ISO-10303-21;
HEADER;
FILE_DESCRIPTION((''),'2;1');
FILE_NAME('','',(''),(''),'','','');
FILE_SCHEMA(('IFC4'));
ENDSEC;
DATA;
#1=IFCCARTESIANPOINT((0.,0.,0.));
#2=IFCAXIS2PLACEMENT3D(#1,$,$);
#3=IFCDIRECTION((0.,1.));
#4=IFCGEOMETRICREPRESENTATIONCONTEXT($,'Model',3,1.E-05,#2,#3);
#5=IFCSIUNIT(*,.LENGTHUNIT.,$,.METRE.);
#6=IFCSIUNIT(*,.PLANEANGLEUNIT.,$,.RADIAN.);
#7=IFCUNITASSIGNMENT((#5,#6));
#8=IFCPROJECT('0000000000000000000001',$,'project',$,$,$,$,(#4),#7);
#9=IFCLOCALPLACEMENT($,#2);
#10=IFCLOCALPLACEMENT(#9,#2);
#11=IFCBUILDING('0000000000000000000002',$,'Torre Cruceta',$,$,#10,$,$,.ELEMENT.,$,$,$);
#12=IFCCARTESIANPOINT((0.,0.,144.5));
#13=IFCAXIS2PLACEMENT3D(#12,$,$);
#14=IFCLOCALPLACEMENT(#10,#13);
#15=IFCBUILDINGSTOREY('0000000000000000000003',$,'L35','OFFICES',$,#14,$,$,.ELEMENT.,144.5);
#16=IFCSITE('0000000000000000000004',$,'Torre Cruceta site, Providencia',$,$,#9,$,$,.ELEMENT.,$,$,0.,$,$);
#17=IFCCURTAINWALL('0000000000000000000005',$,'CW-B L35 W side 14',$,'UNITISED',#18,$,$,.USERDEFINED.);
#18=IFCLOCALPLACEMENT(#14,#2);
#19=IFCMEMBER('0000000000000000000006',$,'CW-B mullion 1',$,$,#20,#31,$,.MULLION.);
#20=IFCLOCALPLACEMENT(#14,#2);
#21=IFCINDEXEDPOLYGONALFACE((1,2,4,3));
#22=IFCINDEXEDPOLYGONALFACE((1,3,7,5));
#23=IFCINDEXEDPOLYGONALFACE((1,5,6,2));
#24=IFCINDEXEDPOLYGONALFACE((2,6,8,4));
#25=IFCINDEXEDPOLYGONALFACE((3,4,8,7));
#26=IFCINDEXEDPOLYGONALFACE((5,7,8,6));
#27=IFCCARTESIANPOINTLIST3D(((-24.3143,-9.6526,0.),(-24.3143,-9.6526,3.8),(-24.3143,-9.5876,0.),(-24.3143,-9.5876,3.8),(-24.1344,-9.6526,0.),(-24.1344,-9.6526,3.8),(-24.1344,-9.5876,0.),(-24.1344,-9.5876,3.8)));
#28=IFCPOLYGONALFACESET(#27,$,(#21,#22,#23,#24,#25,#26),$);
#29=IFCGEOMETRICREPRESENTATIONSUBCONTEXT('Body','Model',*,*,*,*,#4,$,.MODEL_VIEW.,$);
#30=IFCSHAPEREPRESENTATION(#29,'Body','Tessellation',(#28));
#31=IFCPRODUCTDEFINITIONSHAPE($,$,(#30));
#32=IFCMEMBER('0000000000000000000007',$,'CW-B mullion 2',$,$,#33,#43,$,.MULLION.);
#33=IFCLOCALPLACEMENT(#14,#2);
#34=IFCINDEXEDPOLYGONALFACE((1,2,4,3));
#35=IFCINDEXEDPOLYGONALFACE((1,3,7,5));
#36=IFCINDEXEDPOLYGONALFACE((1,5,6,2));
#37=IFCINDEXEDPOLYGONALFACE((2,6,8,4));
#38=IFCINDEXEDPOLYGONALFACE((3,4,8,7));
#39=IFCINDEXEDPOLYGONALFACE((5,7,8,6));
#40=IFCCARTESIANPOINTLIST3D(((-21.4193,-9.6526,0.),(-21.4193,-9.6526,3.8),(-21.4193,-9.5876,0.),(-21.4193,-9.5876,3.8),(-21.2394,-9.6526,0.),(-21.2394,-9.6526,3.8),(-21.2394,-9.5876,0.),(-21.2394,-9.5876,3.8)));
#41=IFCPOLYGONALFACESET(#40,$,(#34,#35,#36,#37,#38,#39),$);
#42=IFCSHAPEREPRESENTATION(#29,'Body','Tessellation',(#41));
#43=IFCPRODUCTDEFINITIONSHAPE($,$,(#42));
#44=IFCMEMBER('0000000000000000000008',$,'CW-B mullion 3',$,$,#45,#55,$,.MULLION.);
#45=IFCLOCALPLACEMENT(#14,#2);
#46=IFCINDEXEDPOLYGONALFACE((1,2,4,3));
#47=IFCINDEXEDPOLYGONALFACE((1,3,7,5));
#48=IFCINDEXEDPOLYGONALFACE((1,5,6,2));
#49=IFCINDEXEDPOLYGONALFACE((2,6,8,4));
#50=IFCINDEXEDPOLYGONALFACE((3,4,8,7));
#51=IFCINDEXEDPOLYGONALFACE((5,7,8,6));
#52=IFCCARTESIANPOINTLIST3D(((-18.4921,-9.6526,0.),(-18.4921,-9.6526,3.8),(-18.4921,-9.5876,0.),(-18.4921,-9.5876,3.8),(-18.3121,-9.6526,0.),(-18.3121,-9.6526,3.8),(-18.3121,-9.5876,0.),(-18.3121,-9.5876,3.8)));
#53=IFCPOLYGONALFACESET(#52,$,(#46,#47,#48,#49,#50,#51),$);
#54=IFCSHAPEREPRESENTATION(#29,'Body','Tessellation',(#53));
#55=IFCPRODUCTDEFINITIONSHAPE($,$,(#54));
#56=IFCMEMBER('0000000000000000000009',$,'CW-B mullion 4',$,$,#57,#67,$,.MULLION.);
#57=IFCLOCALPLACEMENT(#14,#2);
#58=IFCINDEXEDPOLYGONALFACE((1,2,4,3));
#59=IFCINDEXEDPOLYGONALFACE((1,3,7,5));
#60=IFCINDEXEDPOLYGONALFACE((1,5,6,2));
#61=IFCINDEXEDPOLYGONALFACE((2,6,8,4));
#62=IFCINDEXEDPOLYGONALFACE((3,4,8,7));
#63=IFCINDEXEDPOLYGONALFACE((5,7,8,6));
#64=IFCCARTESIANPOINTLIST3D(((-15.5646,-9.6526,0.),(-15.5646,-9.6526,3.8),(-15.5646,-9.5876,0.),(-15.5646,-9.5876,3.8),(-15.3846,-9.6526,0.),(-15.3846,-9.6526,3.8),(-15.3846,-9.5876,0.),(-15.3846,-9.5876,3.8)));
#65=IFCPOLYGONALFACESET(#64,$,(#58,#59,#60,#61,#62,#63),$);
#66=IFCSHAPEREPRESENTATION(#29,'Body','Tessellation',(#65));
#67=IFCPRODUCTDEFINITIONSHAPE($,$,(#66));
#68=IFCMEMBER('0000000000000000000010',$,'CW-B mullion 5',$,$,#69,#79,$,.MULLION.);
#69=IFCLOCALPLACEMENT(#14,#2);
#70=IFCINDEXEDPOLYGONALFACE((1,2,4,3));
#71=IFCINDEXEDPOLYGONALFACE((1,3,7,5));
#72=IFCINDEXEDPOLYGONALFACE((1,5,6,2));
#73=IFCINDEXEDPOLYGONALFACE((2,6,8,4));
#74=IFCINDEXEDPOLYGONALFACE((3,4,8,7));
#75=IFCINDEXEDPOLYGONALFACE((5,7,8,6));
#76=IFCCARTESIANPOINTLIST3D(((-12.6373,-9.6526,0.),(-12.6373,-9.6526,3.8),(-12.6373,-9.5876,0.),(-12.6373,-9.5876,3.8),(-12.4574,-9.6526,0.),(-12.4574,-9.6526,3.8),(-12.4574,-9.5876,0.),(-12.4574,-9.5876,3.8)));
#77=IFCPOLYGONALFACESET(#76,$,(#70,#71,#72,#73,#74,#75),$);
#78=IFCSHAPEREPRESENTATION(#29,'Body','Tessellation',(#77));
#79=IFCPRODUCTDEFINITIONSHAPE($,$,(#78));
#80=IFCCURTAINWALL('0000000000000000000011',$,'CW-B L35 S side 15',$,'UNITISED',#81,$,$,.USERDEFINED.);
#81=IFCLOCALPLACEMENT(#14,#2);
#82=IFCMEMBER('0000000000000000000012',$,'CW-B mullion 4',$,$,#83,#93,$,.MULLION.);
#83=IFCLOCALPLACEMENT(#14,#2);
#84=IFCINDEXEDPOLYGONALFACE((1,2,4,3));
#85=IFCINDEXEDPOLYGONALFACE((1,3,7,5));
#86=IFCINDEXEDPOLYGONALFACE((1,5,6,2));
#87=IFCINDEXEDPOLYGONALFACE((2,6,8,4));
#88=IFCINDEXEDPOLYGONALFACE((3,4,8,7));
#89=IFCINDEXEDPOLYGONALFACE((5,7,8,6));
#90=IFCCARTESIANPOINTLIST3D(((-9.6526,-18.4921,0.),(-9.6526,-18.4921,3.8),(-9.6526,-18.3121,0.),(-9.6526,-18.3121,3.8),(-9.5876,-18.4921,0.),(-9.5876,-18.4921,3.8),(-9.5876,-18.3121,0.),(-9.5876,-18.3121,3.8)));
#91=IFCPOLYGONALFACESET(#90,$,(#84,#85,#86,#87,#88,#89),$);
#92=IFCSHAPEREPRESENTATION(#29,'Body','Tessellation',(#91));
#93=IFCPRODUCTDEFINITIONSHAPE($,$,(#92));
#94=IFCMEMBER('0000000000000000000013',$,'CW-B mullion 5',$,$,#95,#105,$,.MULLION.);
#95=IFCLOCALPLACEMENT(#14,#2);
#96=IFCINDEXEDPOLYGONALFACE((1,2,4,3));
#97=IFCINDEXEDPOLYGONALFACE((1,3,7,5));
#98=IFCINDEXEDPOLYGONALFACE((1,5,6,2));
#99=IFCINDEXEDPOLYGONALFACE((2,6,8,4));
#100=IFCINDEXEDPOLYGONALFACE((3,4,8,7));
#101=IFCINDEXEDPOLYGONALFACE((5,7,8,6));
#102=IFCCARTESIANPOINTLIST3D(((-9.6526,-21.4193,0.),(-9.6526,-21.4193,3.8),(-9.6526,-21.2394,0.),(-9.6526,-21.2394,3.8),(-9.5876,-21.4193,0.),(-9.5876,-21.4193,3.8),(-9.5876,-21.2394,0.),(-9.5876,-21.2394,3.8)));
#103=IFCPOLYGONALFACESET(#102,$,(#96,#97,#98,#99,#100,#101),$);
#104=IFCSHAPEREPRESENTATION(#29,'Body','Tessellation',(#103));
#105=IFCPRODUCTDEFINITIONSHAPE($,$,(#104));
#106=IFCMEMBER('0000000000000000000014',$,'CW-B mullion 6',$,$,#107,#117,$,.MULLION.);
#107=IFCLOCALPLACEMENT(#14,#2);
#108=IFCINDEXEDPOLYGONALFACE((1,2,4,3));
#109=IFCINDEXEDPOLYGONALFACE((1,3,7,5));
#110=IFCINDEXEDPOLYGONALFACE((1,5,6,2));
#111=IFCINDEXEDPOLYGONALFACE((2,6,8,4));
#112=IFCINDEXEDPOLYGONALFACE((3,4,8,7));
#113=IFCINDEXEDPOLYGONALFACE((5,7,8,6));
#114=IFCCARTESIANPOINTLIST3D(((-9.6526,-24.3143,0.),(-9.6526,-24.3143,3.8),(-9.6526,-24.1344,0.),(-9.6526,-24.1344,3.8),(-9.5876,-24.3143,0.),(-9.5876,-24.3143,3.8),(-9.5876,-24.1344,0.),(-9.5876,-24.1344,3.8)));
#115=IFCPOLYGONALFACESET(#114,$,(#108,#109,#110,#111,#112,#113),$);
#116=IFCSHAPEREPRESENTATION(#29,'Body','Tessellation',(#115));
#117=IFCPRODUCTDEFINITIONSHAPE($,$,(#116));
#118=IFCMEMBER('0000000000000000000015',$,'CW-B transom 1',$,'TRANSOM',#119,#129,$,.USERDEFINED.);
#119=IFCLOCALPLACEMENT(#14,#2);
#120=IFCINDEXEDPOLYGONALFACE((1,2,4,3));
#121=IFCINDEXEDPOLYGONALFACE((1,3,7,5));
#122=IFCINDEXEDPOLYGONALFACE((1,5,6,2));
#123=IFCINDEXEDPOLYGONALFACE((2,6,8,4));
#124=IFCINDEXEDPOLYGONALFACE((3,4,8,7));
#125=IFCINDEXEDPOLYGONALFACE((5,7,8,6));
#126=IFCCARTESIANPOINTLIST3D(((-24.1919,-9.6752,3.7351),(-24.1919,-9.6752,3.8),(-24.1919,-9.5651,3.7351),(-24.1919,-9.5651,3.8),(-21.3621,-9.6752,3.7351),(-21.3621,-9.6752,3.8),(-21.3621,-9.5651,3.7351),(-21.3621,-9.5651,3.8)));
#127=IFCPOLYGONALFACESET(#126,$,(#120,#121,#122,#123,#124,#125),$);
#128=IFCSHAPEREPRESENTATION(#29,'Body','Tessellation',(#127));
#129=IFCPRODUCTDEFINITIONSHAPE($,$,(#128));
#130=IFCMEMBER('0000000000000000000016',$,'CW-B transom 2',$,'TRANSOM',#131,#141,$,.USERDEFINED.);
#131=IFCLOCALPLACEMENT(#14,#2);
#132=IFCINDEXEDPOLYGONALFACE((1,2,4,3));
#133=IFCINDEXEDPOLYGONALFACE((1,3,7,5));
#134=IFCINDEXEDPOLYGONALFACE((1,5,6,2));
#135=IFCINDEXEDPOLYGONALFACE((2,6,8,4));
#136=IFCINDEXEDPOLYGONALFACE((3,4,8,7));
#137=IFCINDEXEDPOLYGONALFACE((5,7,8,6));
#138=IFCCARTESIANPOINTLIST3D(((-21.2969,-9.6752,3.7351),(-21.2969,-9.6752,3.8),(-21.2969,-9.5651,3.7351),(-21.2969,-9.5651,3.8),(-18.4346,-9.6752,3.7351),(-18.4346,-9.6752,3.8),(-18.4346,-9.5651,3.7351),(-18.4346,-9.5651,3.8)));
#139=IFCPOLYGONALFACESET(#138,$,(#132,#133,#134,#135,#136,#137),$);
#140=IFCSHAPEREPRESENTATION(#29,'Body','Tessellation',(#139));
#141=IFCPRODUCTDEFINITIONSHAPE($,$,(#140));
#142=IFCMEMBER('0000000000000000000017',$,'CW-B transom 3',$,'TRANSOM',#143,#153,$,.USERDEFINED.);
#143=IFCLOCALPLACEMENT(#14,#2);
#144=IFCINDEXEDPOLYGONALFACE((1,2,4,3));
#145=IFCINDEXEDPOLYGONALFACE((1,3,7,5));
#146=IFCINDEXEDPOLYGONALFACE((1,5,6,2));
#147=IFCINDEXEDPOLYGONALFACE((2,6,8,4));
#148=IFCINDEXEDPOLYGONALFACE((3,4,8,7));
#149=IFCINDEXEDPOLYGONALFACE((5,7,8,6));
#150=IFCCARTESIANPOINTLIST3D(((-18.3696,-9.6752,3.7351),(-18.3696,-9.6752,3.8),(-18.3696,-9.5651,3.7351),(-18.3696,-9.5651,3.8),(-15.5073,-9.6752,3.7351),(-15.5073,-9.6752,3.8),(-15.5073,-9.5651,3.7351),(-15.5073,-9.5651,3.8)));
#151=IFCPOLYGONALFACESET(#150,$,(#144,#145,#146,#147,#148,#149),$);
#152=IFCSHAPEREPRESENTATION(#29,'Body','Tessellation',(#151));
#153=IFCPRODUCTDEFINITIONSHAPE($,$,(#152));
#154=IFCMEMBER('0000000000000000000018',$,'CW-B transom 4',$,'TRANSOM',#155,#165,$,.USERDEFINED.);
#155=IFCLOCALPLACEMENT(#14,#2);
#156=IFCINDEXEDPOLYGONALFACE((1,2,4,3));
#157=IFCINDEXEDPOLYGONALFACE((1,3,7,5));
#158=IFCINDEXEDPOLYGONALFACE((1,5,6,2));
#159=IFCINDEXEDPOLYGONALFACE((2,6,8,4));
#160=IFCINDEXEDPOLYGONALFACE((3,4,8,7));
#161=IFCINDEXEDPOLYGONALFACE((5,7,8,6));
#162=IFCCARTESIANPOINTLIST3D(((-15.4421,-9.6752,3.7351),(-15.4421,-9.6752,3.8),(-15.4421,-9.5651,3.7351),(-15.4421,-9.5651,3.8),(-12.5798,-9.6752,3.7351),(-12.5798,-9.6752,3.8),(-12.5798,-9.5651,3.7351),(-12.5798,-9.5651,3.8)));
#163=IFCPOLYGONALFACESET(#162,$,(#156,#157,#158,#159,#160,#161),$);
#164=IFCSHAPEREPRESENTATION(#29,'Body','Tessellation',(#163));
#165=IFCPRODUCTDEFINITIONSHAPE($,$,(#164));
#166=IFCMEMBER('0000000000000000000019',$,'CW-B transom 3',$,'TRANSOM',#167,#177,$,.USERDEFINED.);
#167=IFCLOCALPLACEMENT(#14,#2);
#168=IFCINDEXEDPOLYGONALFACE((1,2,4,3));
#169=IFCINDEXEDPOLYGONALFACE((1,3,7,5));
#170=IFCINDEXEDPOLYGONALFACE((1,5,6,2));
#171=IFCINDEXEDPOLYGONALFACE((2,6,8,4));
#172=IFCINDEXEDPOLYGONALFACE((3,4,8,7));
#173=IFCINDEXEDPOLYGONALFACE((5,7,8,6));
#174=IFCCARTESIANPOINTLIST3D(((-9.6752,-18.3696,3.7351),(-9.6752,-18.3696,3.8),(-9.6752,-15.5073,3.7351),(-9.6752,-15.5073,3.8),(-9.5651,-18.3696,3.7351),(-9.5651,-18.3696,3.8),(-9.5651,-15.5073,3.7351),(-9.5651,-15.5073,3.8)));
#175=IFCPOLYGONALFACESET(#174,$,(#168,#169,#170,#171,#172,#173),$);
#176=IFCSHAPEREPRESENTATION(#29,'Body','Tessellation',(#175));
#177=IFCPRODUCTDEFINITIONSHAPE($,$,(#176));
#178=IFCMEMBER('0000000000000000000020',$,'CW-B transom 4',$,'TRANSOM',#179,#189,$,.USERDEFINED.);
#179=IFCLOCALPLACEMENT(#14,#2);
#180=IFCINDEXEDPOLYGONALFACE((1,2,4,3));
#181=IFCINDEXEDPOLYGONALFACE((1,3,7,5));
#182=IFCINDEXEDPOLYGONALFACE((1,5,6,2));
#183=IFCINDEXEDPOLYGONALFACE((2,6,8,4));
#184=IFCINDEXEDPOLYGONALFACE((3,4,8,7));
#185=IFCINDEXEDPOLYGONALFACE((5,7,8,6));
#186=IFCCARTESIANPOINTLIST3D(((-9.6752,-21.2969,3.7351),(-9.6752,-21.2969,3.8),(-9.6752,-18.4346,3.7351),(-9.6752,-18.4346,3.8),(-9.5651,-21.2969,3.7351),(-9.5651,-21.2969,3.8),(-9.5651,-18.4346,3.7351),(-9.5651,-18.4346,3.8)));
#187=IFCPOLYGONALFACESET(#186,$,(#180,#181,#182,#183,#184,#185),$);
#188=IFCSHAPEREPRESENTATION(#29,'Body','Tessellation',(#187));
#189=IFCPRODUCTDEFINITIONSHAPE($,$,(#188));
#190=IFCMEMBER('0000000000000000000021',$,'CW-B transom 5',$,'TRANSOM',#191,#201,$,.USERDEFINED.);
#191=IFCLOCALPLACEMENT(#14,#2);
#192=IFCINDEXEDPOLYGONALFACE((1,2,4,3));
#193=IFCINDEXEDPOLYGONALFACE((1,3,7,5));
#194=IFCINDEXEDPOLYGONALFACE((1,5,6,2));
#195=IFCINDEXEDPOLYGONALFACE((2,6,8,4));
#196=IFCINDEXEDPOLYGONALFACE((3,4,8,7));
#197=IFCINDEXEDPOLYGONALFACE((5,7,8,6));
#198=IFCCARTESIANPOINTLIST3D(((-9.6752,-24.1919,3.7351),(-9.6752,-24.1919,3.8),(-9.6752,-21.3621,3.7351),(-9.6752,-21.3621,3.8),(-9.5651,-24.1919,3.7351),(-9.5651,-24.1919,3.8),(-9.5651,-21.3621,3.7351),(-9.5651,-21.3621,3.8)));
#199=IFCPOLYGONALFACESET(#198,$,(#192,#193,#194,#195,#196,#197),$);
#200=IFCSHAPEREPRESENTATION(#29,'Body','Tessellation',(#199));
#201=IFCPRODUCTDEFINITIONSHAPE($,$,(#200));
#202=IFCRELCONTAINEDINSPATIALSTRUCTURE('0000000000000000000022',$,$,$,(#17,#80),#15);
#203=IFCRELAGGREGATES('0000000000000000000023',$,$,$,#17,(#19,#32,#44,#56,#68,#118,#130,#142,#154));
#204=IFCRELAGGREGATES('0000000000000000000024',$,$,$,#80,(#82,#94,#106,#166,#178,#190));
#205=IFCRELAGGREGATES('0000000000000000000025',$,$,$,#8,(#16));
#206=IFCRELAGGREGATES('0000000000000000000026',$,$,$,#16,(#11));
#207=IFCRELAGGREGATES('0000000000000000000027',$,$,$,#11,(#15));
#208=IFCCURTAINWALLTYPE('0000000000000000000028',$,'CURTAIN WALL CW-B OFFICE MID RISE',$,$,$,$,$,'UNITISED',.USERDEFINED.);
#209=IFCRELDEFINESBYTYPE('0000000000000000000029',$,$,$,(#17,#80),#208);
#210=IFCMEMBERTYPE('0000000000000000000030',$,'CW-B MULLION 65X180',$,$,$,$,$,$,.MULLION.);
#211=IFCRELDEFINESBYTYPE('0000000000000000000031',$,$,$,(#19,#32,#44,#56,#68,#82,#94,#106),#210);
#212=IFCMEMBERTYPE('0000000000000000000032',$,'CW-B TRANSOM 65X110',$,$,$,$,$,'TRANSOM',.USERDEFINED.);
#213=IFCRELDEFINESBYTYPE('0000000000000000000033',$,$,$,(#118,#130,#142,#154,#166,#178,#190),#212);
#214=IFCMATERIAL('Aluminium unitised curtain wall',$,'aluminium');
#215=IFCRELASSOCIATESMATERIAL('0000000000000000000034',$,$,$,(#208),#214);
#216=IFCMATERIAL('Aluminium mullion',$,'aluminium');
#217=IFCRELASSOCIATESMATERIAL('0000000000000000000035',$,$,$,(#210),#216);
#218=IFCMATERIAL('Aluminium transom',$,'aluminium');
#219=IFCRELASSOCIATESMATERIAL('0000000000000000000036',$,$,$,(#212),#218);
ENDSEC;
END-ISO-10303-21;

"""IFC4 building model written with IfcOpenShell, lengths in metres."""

from ifc_helpers import new_model, si_unit, direction, frame, origin, origin_2d, place, context, subcontext, project, spatial, rectangle, extrude, material, material_profile, profile_set, type_object, element, aggregate, save


model = new_model("IFC4")

# Units and contexts
model_context = context("Model", 3, precision=1e-05, world=origin(), true_north=direction((0.0, 1.0)))
body_context = subcontext(model_context, "Body", "Model", "MODEL_VIEW")
ifc_project = project(units=[si_unit("LENGTHUNIT", "METRE"), si_unit("PLANEANGLEUNIT", "RADIAN")], contexts=[model_context])

# Site, building, storey
site_placement = place(None, origin())
site = spatial("IfcSite", under=ifc_project, at=site_placement, Name="Torre Cruceta site, Providencia", CompositionType="ELEMENT", RefElevation=0.0)
building_placement = place(site_placement, origin())
building = spatial("IfcBuilding", under=site, at=building_placement, Name="Torre Cruceta", CompositionType="ELEMENT")
storey_placement = place(building_placement, frame((0.0, 0.0, 144.5)))
storey = spatial("IfcBuildingStorey", under=building, at=storey_placement, Name="L35", Description="OFFICES", CompositionType="ELEMENT", Elevation=144.5)

# Curtain walls, members
ifc_material_1 = material(Name="Aluminium unitised curtain wall", Category="aluminium")
curtain_wall_type = type_object("IfcCurtainWallType", Name="CURTAIN WALL CW-B OFFICE MID RISE", ElementType="UNITISED", PredefinedType="USERDEFINED", material=ifc_material_1)
curtain_wall_1_placement = place(storey_placement, origin())
curtain_wall_1 = element("IfcCurtainWall", 1, at=curtain_wall_1_placement, inside=storey, type_object=curtain_wall_type, Name="CW-B L35 W side 14", ObjectType="UNITISED", PredefinedType="USERDEFINED")
ifc_material_2 = material(Name="Aluminium mullion", Category="aluminium")
ifc_material_profile_1 = material_profile(ifc_material_2, rectangle(XDim=0.0649, YDim=0.1799, at=origin_2d()), Name="AL 65X180")
ifc_profile_set_1 = profile_set([ifc_material_profile_1], Name="Aluminium mullion")
member_type_1 = type_object("IfcMemberType", Name="CW-B MULLION 65X180", PredefinedType="MULLION", material=ifc_profile_set_1)
member_1_placement = place(storey_placement, frame((-24.2244, -9.6201, 0.0), z_axis=(0.0, 0.0, 1.0), x_axis=(0.0, 1.0, 0.0)))
member_1 = element("IfcMember", 2, at=member_1_placement, type_object=member_type_1, Name="CW-B mullion 1", PredefinedType="MULLION", context=body_context, shape_type="SweptSolid", body=[
    extrude(rectangle(XDim=0.0649, YDim=0.1799, at=origin_2d()), origin(), (0.0, 0.0, 1.0), 3.8),
])
member_2_placement = place(storey_placement, frame((-21.3293, -9.6201, 0.0), z_axis=(0.0, 0.0, 1.0), x_axis=(0.0, 1.0, 0.0)))
member_2 = element("IfcMember", 3, at=member_2_placement, type_object=member_type_1, Name="CW-B mullion 2", PredefinedType="MULLION", context=body_context, shape_type="SweptSolid", body=[
    extrude(rectangle(XDim=0.0649, YDim=0.1799, at=origin_2d()), origin(), (0.0, 0.0, 1.0), 3.8),
])
member_3_placement = place(storey_placement, frame((-18.4021, -9.6201, 0.0), z_axis=(0.0, 0.0, 1.0), x_axis=(0.0, 1.0, 0.0)))
member_3 = element("IfcMember", 4, at=member_3_placement, type_object=member_type_1, Name="CW-B mullion 3", PredefinedType="MULLION", context=body_context, shape_type="SweptSolid", body=[
    extrude(rectangle(XDim=0.0649, YDim=0.1799, at=origin_2d()), origin(), (0.0, 0.0, 1.0), 3.8),
])
member_4_placement = place(storey_placement, frame((-15.4746, -9.6201, 0.0), z_axis=(0.0, 0.0, 1.0), x_axis=(0.0, 1.0, 0.0)))
member_4 = element("IfcMember", 5, at=member_4_placement, type_object=member_type_1, Name="CW-B mullion 4", PredefinedType="MULLION", context=body_context, shape_type="SweptSolid", body=[
    extrude(rectangle(XDim=0.0649, YDim=0.1799, at=origin_2d()), origin(), (0.0, 0.0, 1.0), 3.8),
])
member_5_placement = place(storey_placement, frame((-12.5474, -9.6201, 0.0), z_axis=(0.0, 0.0, 1.0), x_axis=(0.0, 1.0, 0.0)))
member_5 = element("IfcMember", 6, at=member_5_placement, type_object=member_type_1, Name="CW-B mullion 5", PredefinedType="MULLION", context=body_context, shape_type="SweptSolid", body=[
    extrude(rectangle(XDim=0.0649, YDim=0.1799, at=origin_2d()), origin(), (0.0, 0.0, 1.0), 3.8),
])
curtain_wall_2_placement = place(storey_placement, origin())
curtain_wall_2 = element("IfcCurtainWall", 7, at=curtain_wall_2_placement, inside=storey, type_object=curtain_wall_type, Name="CW-B L35 S side 15", ObjectType="UNITISED", PredefinedType="USERDEFINED")
member_6_placement = place(storey_placement, frame((-9.6201, -18.4021, 0.0), z_axis=(0.0, 0.0, 1.0), x_axis=(1.0, 0.0, 0.0)))
member_6 = element("IfcMember", 8, at=member_6_placement, type_object=member_type_1, Name="CW-B mullion 4", PredefinedType="MULLION", context=body_context, shape_type="SweptSolid", body=[
    extrude(rectangle(XDim=0.0649, YDim=0.1799, at=origin_2d()), origin(), (0.0, 0.0, 1.0), 3.8),
])
member_7_placement = place(storey_placement, frame((-9.6201, -21.3293, 0.0), z_axis=(0.0, 0.0, 1.0), x_axis=(1.0, 0.0, 0.0)))
member_7 = element("IfcMember", 9, at=member_7_placement, type_object=member_type_1, Name="CW-B mullion 5", PredefinedType="MULLION", context=body_context, shape_type="SweptSolid", body=[
    extrude(rectangle(XDim=0.0649, YDim=0.1799, at=origin_2d()), origin(), (0.0, 0.0, 1.0), 3.8),
])
member_8_placement = place(storey_placement, frame((-9.6201, -24.2244, 0.0), z_axis=(0.0, 0.0, 1.0), x_axis=(1.0, 0.0, 0.0)))
member_8 = element("IfcMember", 10, at=member_8_placement, type_object=member_type_1, Name="CW-B mullion 6", PredefinedType="MULLION", context=body_context, shape_type="SweptSolid", body=[
    extrude(rectangle(XDim=0.0649, YDim=0.1799, at=origin_2d()), origin(), (0.0, 0.0, 1.0), 3.8),
])

# Members
ifc_material_3 = material(Name="Aluminium transom", Category="aluminium")
ifc_material_profile_2 = material_profile(ifc_material_3, rectangle(XDim=0.1101, YDim=0.0649, at=origin_2d()), Name="AL 110X65")
ifc_profile_set_2 = profile_set([ifc_material_profile_2], Name="Aluminium transom")
member_type_2 = type_object("IfcMemberType", Name="CW-B TRANSOM 65X110", ElementType="TRANSOM", PredefinedType="USERDEFINED", material=ifc_profile_set_2)
member_9_placement = place(storey_placement, frame((-24.1919, -9.6201, 3.7676), z_axis=(1.0, 0.0, 0.0), x_axis=(0.0, 1.0, 0.0)))
member_9 = element("IfcMember", 11, at=member_9_placement, type_object=member_type_2, Name="CW-B transom 1", ObjectType="TRANSOM", PredefinedType="USERDEFINED", context=body_context, shape_type="SweptSolid", body=[
    extrude(rectangle(XDim=0.1101, YDim=0.0649, at=origin_2d()), origin(), (0.0, 0.0, 1.0), 2.8298),
])
member_10_placement = place(storey_placement, frame((-21.2969, -9.6201, 3.7676), z_axis=(1.0, 0.0, 0.0), x_axis=(0.0, 1.0, 0.0)))
member_10 = element("IfcMember", 12, at=member_10_placement, type_object=member_type_2, Name="CW-B transom 2", ObjectType="TRANSOM", PredefinedType="USERDEFINED", context=body_context, shape_type="SweptSolid", body=[
    extrude(rectangle(XDim=0.1101, YDim=0.0649, at=origin_2d()), origin(), (0.0, 0.0, 1.0), 2.8623),
])
member_11_placement = place(storey_placement, frame((-18.3696, -9.6201, 3.7676), z_axis=(1.0, 0.0, 0.0), x_axis=(0.0, 1.0, 0.0)))
member_11 = element("IfcMember", 13, at=member_11_placement, type_object=member_type_2, Name="CW-B transom 3", ObjectType="TRANSOM", PredefinedType="USERDEFINED", context=body_context, shape_type="SweptSolid", body=[
    extrude(rectangle(XDim=0.1101, YDim=0.0649, at=origin_2d()), origin(), (0.0, 0.0, 1.0), 2.8623),
])
member_12_placement = place(storey_placement, frame((-15.4421, -9.6201, 3.7676), z_axis=(1.0, 0.0, 0.0), x_axis=(0.0, 1.0, 0.0)))
member_12 = element("IfcMember", 14, at=member_12_placement, type_object=member_type_2, Name="CW-B transom 4", ObjectType="TRANSOM", PredefinedType="USERDEFINED", context=body_context, shape_type="SweptSolid", body=[
    extrude(rectangle(XDim=0.1101, YDim=0.0649, at=origin_2d()), origin(), (0.0, 0.0, 1.0), 2.8623),
])
member_13_placement = place(storey_placement, frame((-9.6201, -15.5073, 3.7676), z_axis=(0.0, -1.0, 0.0), x_axis=(1.0, 0.0, 0.0)))
member_13 = element("IfcMember", 15, at=member_13_placement, type_object=member_type_2, Name="CW-B transom 3", ObjectType="TRANSOM", PredefinedType="USERDEFINED", context=body_context, shape_type="SweptSolid", body=[
    extrude(rectangle(XDim=0.1101, YDim=0.0649, at=origin_2d()), origin(), (0.0, 0.0, 1.0), 2.8623),
])
member_14_placement = place(storey_placement, frame((-9.6201, -18.4346, 3.7676), z_axis=(0.0, -1.0, 0.0), x_axis=(1.0, 0.0, 0.0)))
member_14 = element("IfcMember", 16, at=member_14_placement, type_object=member_type_2, Name="CW-B transom 4", ObjectType="TRANSOM", PredefinedType="USERDEFINED", context=body_context, shape_type="SweptSolid", body=[
    extrude(rectangle(XDim=0.1101, YDim=0.0649, at=origin_2d()), origin(), (0.0, 0.0, 1.0), 2.8623),
])
member_15_placement = place(storey_placement, frame((-9.6201, -21.3621, 3.7676), z_axis=(0.0, -1.0, 0.0), x_axis=(1.0, 0.0, 0.0)))
member_15 = element("IfcMember", 17, at=member_15_placement, type_object=member_type_2, Name="CW-B transom 5", ObjectType="TRANSOM", PredefinedType="USERDEFINED", context=body_context, shape_type="SweptSolid", body=[
    extrude(rectangle(XDim=0.1101, YDim=0.0649, at=origin_2d()), origin(), (0.0, 0.0, 1.0), 2.8298),
])

aggregate(curtain_wall_1, [member_1, member_2, member_3, member_4, member_5, member_9, member_10, member_11, member_12])
aggregate(curtain_wall_2, [member_6, member_7, member_8, member_13, member_14, member_15])

save(model, "model.ifc")
